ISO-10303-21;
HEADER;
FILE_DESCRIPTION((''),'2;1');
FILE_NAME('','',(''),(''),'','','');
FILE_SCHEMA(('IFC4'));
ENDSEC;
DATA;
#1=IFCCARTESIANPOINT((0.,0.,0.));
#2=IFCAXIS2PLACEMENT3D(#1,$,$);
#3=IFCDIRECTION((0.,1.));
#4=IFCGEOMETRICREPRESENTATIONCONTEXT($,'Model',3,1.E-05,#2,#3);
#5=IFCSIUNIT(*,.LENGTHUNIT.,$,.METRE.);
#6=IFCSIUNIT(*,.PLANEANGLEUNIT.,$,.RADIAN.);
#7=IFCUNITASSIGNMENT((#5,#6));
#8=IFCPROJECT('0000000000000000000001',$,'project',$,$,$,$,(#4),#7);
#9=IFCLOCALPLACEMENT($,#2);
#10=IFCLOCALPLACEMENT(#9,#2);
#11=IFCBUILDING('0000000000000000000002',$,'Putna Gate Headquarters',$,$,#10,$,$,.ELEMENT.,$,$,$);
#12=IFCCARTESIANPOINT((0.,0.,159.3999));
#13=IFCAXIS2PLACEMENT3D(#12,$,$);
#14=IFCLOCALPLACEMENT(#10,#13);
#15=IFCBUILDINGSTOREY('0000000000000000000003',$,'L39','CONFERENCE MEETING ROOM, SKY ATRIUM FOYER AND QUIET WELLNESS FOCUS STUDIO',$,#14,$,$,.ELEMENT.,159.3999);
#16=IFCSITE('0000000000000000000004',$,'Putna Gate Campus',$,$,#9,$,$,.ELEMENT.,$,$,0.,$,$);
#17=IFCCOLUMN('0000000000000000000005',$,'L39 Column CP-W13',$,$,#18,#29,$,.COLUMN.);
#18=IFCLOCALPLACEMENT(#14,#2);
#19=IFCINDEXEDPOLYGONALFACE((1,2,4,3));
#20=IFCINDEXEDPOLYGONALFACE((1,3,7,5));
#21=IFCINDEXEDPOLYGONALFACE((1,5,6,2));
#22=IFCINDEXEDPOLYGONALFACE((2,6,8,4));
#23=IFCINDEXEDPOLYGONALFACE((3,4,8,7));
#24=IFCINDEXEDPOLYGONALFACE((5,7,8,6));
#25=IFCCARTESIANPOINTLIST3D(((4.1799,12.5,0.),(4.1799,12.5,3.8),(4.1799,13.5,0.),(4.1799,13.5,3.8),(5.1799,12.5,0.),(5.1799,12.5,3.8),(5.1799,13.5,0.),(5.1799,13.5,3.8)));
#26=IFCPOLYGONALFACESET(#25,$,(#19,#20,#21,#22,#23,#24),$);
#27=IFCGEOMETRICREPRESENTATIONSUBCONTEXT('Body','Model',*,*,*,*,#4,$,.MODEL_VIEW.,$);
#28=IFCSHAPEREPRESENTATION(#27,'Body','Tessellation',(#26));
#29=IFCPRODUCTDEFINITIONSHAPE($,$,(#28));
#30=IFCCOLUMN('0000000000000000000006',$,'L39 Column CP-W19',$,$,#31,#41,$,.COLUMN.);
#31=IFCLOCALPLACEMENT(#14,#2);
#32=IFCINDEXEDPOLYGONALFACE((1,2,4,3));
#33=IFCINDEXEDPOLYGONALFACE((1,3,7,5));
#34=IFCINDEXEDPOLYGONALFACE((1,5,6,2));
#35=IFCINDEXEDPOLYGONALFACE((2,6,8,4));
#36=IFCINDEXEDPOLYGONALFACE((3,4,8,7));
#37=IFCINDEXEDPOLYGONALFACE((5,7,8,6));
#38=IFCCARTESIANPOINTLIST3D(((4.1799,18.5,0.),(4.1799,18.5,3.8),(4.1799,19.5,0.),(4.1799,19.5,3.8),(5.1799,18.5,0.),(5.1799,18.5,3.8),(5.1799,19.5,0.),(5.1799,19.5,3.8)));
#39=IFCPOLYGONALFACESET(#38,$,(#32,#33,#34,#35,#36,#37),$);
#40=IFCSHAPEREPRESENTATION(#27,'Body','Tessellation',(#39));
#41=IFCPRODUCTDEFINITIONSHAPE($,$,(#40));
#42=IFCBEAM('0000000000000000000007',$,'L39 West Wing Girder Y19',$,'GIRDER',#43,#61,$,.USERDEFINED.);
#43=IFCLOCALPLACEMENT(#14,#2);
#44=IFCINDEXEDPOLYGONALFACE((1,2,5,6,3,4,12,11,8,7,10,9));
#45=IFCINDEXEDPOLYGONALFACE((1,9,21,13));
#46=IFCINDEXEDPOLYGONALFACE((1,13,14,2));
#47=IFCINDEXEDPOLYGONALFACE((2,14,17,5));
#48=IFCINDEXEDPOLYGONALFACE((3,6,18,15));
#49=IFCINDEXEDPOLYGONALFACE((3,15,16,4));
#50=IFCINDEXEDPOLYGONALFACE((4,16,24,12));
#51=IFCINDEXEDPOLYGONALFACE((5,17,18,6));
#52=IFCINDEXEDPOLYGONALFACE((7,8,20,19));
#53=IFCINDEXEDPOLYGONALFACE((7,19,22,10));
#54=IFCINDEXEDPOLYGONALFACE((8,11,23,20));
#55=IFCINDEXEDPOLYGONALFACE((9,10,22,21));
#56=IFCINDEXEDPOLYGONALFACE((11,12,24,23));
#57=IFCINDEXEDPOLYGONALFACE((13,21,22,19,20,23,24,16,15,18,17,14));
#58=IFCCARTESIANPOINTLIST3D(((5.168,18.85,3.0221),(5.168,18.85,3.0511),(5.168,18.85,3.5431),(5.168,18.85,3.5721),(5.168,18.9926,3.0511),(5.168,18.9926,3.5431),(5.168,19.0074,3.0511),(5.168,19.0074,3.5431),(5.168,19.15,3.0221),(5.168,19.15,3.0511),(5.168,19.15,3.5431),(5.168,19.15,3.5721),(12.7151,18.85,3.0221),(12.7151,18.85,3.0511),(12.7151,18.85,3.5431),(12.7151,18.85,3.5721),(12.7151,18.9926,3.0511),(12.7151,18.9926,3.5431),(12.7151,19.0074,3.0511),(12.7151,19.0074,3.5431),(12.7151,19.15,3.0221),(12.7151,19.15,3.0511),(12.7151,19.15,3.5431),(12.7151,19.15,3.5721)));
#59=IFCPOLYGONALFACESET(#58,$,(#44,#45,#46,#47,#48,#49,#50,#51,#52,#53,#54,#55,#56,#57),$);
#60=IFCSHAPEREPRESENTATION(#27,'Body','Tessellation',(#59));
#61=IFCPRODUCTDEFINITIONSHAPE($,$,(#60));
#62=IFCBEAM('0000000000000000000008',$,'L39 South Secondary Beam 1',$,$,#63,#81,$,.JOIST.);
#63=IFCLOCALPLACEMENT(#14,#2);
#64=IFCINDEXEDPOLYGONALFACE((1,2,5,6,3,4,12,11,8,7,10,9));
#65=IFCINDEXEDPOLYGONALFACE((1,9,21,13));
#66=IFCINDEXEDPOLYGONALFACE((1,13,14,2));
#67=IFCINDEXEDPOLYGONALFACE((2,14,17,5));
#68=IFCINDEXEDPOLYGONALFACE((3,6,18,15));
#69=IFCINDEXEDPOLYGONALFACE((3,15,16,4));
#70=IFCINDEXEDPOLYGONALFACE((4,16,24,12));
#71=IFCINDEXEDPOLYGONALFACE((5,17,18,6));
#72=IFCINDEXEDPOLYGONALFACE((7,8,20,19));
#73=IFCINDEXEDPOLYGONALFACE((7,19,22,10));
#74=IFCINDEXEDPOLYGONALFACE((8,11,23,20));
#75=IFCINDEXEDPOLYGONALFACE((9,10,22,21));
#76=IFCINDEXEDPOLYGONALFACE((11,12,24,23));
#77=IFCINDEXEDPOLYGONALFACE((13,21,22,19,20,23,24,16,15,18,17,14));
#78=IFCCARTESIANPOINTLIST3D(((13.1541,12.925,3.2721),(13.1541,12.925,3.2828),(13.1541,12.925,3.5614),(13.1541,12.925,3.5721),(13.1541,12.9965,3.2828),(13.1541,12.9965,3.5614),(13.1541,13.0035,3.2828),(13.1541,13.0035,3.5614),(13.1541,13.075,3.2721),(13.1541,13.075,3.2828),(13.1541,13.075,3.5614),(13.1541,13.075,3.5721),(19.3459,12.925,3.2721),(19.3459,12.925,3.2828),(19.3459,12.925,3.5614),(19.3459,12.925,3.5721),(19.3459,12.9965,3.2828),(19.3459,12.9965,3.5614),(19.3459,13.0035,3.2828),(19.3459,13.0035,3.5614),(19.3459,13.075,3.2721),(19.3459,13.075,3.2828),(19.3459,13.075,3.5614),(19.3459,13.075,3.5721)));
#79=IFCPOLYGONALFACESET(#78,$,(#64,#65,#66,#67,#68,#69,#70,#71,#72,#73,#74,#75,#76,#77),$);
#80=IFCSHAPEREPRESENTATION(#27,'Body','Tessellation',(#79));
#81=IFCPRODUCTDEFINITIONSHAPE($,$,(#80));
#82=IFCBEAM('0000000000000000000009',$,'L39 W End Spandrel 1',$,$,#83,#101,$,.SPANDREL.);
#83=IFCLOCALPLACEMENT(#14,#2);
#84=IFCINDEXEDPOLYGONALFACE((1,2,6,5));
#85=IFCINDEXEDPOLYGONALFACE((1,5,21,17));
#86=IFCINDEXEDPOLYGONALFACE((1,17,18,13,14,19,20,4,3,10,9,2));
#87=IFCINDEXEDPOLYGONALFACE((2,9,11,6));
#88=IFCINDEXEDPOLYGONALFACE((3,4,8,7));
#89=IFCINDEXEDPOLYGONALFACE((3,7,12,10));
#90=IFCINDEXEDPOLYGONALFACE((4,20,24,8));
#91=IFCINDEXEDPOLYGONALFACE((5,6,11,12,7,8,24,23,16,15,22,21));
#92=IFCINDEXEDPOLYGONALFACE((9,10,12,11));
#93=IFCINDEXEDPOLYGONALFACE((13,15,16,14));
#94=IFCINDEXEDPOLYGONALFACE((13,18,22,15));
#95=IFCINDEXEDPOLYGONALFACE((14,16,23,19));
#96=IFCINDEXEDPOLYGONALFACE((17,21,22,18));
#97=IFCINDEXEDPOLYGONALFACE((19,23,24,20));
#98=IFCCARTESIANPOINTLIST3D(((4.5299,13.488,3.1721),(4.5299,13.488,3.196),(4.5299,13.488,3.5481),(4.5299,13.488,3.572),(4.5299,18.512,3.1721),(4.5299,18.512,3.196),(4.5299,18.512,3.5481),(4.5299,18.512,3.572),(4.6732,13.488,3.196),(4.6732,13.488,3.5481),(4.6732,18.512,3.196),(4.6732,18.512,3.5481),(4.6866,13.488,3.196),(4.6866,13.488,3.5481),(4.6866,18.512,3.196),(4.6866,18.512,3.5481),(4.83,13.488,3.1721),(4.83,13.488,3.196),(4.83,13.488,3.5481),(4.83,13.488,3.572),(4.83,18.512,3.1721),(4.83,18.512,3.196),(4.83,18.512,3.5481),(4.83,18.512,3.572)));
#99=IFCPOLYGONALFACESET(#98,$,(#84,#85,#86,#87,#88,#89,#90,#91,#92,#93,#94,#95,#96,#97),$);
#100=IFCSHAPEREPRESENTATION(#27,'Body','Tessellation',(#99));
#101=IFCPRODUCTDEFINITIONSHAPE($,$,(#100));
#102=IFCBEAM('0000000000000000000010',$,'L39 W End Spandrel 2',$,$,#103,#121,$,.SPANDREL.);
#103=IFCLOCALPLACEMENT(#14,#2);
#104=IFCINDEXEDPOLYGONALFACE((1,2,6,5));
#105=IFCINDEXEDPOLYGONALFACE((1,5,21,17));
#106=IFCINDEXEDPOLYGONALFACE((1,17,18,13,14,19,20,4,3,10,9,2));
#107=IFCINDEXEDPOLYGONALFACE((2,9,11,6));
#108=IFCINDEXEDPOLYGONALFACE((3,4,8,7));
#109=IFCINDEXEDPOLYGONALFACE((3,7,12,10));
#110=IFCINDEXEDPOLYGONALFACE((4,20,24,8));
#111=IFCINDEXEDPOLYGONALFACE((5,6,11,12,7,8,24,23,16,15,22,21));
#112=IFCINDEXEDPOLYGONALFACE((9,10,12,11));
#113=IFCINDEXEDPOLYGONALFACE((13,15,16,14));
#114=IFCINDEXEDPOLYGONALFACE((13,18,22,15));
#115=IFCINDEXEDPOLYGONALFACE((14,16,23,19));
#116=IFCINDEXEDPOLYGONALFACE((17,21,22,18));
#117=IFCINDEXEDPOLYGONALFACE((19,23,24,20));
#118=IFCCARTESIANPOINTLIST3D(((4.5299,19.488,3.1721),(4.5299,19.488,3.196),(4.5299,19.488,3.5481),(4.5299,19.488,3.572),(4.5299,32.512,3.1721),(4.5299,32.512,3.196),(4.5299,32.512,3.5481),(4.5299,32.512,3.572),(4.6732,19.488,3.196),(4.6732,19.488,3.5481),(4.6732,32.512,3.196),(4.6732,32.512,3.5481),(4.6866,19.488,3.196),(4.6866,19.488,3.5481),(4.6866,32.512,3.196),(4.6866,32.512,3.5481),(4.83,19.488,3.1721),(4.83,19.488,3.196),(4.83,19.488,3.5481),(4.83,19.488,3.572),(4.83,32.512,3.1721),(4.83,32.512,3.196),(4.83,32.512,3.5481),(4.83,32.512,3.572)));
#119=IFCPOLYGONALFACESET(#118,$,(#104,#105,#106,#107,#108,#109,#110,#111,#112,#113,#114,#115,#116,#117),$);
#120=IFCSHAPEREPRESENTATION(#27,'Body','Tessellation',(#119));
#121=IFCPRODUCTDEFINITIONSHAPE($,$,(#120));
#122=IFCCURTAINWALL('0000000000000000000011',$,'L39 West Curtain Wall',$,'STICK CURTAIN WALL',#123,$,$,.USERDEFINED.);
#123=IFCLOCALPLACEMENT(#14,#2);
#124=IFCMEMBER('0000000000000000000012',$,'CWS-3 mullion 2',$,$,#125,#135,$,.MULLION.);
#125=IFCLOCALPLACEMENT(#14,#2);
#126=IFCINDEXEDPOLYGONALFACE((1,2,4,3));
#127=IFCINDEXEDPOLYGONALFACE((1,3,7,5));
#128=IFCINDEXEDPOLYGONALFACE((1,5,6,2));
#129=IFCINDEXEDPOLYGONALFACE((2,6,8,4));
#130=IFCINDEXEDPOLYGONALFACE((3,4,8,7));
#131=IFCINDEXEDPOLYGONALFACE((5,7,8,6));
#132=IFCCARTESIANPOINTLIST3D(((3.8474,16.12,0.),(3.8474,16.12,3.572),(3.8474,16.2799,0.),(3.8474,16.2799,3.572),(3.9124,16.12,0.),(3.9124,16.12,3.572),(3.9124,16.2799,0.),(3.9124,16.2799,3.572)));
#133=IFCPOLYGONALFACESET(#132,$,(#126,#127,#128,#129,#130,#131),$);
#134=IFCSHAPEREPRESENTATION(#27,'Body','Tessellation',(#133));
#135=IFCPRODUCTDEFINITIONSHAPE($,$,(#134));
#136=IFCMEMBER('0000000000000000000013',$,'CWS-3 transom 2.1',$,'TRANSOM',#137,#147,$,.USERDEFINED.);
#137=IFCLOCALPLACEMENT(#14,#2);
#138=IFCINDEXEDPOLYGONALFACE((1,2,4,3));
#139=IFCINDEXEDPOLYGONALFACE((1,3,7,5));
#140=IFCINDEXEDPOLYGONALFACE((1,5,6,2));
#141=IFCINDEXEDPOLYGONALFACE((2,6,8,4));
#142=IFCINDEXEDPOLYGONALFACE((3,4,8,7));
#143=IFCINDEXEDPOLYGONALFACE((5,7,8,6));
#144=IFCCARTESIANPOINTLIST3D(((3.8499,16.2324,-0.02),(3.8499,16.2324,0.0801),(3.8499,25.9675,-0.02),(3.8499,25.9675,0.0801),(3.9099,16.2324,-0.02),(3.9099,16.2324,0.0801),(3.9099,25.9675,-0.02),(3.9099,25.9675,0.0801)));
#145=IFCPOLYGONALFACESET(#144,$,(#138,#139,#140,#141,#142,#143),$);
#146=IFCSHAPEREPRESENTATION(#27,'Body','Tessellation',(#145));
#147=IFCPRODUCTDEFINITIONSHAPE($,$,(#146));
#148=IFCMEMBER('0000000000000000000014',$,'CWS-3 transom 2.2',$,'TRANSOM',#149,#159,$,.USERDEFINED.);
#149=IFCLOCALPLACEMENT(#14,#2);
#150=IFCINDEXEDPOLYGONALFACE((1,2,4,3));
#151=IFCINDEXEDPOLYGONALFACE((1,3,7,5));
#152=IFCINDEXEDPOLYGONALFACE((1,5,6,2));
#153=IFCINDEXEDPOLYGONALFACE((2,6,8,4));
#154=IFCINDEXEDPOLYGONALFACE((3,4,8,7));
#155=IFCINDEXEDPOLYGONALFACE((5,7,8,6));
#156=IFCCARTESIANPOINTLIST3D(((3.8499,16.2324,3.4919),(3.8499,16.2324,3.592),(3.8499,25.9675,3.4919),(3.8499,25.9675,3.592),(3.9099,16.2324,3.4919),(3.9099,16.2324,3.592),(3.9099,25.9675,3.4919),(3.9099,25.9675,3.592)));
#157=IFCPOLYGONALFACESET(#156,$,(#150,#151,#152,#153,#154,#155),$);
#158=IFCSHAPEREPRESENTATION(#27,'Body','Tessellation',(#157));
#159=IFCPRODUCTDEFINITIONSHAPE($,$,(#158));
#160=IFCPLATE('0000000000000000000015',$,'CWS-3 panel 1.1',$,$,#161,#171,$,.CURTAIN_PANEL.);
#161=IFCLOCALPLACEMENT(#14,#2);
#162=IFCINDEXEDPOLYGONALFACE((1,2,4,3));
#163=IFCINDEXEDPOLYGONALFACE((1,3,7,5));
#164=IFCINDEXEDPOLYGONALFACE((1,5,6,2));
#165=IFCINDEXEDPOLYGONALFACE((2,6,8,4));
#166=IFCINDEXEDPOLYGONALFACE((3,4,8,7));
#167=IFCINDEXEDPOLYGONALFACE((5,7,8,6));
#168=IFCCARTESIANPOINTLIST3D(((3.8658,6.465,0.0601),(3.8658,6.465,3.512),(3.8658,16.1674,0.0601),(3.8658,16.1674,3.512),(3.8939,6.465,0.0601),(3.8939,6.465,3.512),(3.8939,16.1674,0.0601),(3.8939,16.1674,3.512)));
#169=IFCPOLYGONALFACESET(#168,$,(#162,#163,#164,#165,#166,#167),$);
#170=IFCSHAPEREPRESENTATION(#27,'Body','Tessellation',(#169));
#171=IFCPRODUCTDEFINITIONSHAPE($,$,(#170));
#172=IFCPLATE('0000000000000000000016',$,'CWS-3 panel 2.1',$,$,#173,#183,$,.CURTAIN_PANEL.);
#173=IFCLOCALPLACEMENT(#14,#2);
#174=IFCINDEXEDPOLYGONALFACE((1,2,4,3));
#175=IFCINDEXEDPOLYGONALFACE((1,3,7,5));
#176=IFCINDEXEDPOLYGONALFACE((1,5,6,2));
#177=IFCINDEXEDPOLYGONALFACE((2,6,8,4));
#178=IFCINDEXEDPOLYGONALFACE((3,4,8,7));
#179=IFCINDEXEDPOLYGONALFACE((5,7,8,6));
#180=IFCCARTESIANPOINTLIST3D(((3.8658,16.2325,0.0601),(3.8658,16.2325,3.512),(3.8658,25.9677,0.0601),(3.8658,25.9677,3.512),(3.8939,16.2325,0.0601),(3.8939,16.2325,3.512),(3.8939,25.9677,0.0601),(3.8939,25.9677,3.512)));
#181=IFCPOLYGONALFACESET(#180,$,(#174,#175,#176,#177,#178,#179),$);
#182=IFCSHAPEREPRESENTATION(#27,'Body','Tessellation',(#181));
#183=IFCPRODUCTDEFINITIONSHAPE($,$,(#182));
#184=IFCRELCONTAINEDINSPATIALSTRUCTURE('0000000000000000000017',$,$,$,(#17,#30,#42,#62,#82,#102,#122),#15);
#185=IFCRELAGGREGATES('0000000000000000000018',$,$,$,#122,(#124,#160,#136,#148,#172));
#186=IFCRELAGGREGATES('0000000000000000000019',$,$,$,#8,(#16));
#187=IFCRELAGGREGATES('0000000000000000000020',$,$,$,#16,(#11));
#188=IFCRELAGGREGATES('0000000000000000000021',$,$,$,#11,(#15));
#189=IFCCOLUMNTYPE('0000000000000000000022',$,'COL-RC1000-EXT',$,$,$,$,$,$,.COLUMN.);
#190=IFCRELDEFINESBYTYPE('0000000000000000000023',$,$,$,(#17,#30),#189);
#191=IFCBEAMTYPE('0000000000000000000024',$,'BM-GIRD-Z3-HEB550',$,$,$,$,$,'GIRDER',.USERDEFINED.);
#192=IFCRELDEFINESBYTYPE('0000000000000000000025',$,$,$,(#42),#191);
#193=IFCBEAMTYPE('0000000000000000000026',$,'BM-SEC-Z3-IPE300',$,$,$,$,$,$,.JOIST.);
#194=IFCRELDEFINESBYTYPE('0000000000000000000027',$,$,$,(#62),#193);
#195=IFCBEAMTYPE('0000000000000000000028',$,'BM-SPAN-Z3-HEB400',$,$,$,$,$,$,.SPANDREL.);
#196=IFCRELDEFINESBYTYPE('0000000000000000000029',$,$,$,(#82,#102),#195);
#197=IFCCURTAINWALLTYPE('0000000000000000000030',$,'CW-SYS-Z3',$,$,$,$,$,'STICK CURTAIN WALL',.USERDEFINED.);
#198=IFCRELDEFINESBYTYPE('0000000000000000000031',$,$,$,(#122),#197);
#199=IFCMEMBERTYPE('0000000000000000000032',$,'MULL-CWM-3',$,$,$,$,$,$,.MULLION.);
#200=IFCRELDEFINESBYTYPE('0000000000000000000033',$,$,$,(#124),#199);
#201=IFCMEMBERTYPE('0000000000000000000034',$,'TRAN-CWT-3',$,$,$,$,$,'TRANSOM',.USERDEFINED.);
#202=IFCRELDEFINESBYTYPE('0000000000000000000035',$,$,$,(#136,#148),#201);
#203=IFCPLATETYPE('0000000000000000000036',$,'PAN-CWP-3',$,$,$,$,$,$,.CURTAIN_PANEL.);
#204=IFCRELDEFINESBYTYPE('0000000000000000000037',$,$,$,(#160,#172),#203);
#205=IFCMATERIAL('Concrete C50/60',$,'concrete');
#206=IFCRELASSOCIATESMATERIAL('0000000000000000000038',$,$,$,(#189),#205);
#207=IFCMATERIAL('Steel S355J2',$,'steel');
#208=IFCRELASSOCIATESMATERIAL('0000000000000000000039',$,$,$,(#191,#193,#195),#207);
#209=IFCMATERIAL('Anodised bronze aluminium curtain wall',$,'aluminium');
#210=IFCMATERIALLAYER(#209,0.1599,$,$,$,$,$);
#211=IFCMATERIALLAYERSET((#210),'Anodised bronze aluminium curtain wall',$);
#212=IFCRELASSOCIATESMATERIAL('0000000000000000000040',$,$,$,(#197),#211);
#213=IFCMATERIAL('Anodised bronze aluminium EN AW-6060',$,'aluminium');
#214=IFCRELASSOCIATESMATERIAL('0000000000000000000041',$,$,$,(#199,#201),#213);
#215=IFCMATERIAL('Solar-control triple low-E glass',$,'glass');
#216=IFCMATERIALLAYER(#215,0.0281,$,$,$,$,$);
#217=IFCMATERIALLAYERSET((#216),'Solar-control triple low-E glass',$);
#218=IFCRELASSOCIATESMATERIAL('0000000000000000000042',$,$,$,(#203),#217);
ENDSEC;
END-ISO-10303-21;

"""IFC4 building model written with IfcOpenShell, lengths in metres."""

from ifc_helpers import new_model, si_unit, direction, frame, origin, origin_2d, place, context, subcontext, project, spatial, rectangle, i_section, extrude, material, layer, layer_set, material_profile, profile_set, type_object, element, aggregate, save


model = new_model("IFC4")

# Units and contexts
model_context = context("Model", 3, precision=1e-05, world=origin(), true_north=direction((0.0, 1.0)))
body_context = subcontext(model_context, "Body", "Model", "MODEL_VIEW")
ifc_project = project(units=[si_unit("LENGTHUNIT", "METRE"), si_unit("PLANEANGLEUNIT", "RADIAN")], contexts=[model_context])

# Site, building, storey
site_placement = place(None, origin())
site = spatial("IfcSite", under=ifc_project, at=site_placement, Name="Putna Gate Campus", CompositionType="ELEMENT", RefElevation=0.0)
building_placement = place(site_placement, origin())
building = spatial("IfcBuilding", under=site, at=building_placement, Name="Putna Gate Headquarters", CompositionType="ELEMENT")
storey_placement = place(building_placement, frame((0.0, 0.0, 159.3999)))
storey = spatial("IfcBuildingStorey", under=building, at=storey_placement, Name="L39", Description="CONFERENCE MEETING ROOM, SKY ATRIUM FOYER AND QUIET WELLNESS FOCUS STUDIO", CompositionType="ELEMENT", Elevation=159.3999)

# Columns
ifc_material_1 = material(Name="Concrete C50/60", Category="concrete")
ifc_material_profile_1 = material_profile(ifc_material_1, rectangle(XDim=1.0, YDim=1.0, at=origin_2d()), Name="Concrete C50/60")
ifc_profile_set_1 = profile_set([ifc_material_profile_1], Name="Concrete C50/60")
column_type = type_object("IfcColumnType", Name="COL-RC1000-EXT", PredefinedType="COLUMN", material=ifc_profile_set_1)
for number, where, z_axis, x_axis, name in (
    (1, (4.6799, 13.0, 0.0), (0.0, 0.0, 1.0), (1.0, 0.0, 0.0), "L39 Column CP-W13"),
    (2, (4.6799, 19.0, 0.0), (0.0, 0.0, 1.0), (1.0, 0.0, 0.0), "L39 Column CP-W19"),
):
    element("IfcColumn", number, at=place(storey_placement, frame(where, z_axis=z_axis, x_axis=x_axis)), inside=storey, type_object=column_type, Name=name, PredefinedType="COLUMN", context=body_context, shape_type="SweptSolid", body=[
        extrude(rectangle(XDim=1.0, YDim=1.0, at=origin_2d()), origin(), (0.0, 0.0, 1.0), 3.8),
    ])

# Beams
ifc_material_2 = material(Name="Steel S355J2", Category="steel")
ifc_material_profile_2 = material_profile(ifc_material_2, i_section(OverallWidth=0.3, OverallDepth=0.55, WebThickness=0.0149, FlangeThickness=0.0291, at=origin_2d()), Name="Steel S355J2")
ifc_profile_set_2 = profile_set([ifc_material_profile_2], Name="Steel S355J2")
beam_type_1 = type_object("IfcBeamType", Name="BM-GIRD-Z3-HEB550", ElementType="GIRDER", PredefinedType="USERDEFINED", material=ifc_profile_set_2)
beam_1_placement = place(storey_placement, frame((5.168, 19.0, 3.2971), z_axis=(1.0, 0.0, 0.0), x_axis=(0.0, 1.0, 0.0)))
element("IfcBeam", 3, at=beam_1_placement, inside=storey, type_object=beam_type_1, Name="L39 West Wing Girder Y19", ObjectType="GIRDER", PredefinedType="USERDEFINED", context=body_context, shape_type="SweptSolid", body=[
    extrude(i_section(OverallWidth=0.3, OverallDepth=0.55, WebThickness=0.0149, FlangeThickness=0.0291, at=origin_2d()), origin(), (0.0, 0.0, 1.0), 7.5471),
])
ifc_material_profile_3 = material_profile(ifc_material_2, i_section(OverallWidth=0.1499, OverallDepth=0.3, WebThickness=0.0071, FlangeThickness=0.0107, at=origin_2d()), Name="Steel S355J2")
ifc_profile_set_3 = profile_set([ifc_material_profile_3], Name="Steel S355J2")
beam_type_2 = type_object("IfcBeamType", Name="BM-SEC-Z3-IPE300", PredefinedType="JOIST", material=ifc_profile_set_3)
beam_2_placement = place(storey_placement, frame((13.1541, 13.0, 3.4221), z_axis=(1.0, 0.0, 0.0), x_axis=(0.0, 1.0, 0.0)))
element("IfcBeam", 4, at=beam_2_placement, inside=storey, type_object=beam_type_2, Name="L39 South Secondary Beam 1", PredefinedType="JOIST", context=body_context, shape_type="SweptSolid", body=[
    extrude(i_section(OverallWidth=0.1499, OverallDepth=0.3, WebThickness=0.0071, FlangeThickness=0.0107, at=origin_2d()), origin(), (0.0, 0.0, 1.0), 6.1919),
])
ifc_material_profile_4 = material_profile(ifc_material_2, i_section(OverallWidth=0.3, OverallDepth=0.3999, WebThickness=0.0134, FlangeThickness=0.0239, at=origin_2d()), Name="Steel S355J2")
ifc_profile_set_4 = profile_set([ifc_material_profile_4], Name="Steel S355J2")
beam_type_3 = type_object("IfcBeamType", Name="BM-SPAN-Z3-HEB400", PredefinedType="SPANDREL", material=ifc_profile_set_4)
beam_3_placement = place(storey_placement, frame((4.6799, 13.488, 3.3721), z_axis=(0.0, 1.0, 0.0), x_axis=(-1.0, 0.0, 0.0)))
element("IfcBeam", 5, at=beam_3_placement, inside=storey, type_object=beam_type_3, Name="L39 W End Spandrel 1", PredefinedType="SPANDREL", context=body_context, shape_type="SweptSolid", body=[
    extrude(i_section(OverallWidth=0.3, OverallDepth=0.3999, WebThickness=0.0134, FlangeThickness=0.0239, at=origin_2d()), origin(), (0.0, 0.0, 1.0), 5.0239),
])
beam_4_placement = place(storey_placement, frame((4.6799, 19.488, 3.3721), z_axis=(0.0, 1.0, 0.0), x_axis=(-1.0, 0.0, 0.0)))
element("IfcBeam", 6, at=beam_4_placement, inside=storey, type_object=beam_type_3, Name="L39 W End Spandrel 2", PredefinedType="SPANDREL", context=body_context, shape_type="SweptSolid", body=[
    extrude(i_section(OverallWidth=0.3, OverallDepth=0.3999, WebThickness=0.0134, FlangeThickness=0.0239, at=origin_2d()), origin(), (0.0, 0.0, 1.0), 13.0239),
])

# Curtain wall, members, plates
ifc_material_3 = material(Name="Anodised bronze aluminium curtain wall", Category="aluminium")
ifc_layer_1 = layer(ifc_material_3, 0.1599)
ifc_layer_set_1 = layer_set([ifc_layer_1], Name="Anodised bronze aluminium curtain wall")
curtain_wall_type = type_object("IfcCurtainWallType", Name="CW-SYS-Z3", ElementType="STICK CURTAIN WALL", PredefinedType="USERDEFINED", material=ifc_layer_set_1)
curtain_wall_placement = place(storey_placement, origin())
curtain_wall = element("IfcCurtainWall", 7, at=curtain_wall_placement, inside=storey, type_object=curtain_wall_type, Name="L39 West Curtain Wall", ObjectType="STICK CURTAIN WALL", PredefinedType="USERDEFINED")
ifc_material_4 = material(Name="Anodised bronze aluminium EN AW-6060", Category="aluminium")
ifc_material_profile_5 = material_profile(ifc_material_4, rectangle(XDim=0.0649, YDim=0.1599, at=origin_2d()), Name="Anodised bronze aluminium EN AW-6060")
ifc_profile_set_5 = profile_set([ifc_material_profile_5], Name="Anodised bronze aluminium EN AW-6060")
member_type_1 = type_object("IfcMemberType", Name="MULL-CWM-3", PredefinedType="MULLION", material=ifc_profile_set_5)
member_1_placement = place(storey_placement, frame((3.8799, 16.2, 0.0), z_axis=(0.0, 0.0, 1.0), x_axis=(-1.0, 0.0, 0.0)))
member_1 = element("IfcMember", 8, at=member_1_placement, type_object=member_type_1, Name="CWS-3 mullion 2", PredefinedType="MULLION", context=body_context, shape_type="SweptSolid", body=[
    extrude(rectangle(XDim=0.0649, YDim=0.1599, at=origin_2d()), origin(), (0.0, 0.0, 1.0), 3.572),
])
ifc_material_profile_6 = material_profile(ifc_material_4, rectangle(XDim=0.0601, YDim=0.1001, at=origin_2d()), Name="Anodised bronze aluminium EN AW-6060")
ifc_profile_set_6 = profile_set([ifc_material_profile_6], Name="Anodised bronze aluminium EN AW-6060")
member_type_2 = type_object("IfcMemberType", Name="TRAN-CWT-3", ElementType="TRANSOM", PredefinedType="USERDEFINED", material=ifc_profile_set_6)
member_2_placement = place(storey_placement, frame((3.8799, 16.2324, 0.03), z_axis=(0.0, 1.0, 0.0), x_axis=(-1.0, 0.0, 0.0)))
member_2 = element("IfcMember", 9, at=member_2_placement, type_object=member_type_2, Name="CWS-3 transom 2.1", ObjectType="TRANSOM", PredefinedType="USERDEFINED", context=body_context, shape_type="SweptSolid", body=[
    extrude(rectangle(XDim=0.0601, YDim=0.1001, at=origin_2d()), origin(), (0.0, 0.0, 1.0), 9.7351),
])
member_3_placement = place(storey_placement, frame((3.8799, 16.2324, 3.542), z_axis=(0.0, 1.0, 0.0), x_axis=(-1.0, 0.0, 0.0)))
member_3 = element("IfcMember", 10, at=member_3_placement, type_object=member_type_2, Name="CWS-3 transom 2.2", ObjectType="TRANSOM", PredefinedType="USERDEFINED", context=body_context, shape_type="SweptSolid", body=[
    extrude(rectangle(XDim=0.0601, YDim=0.1001, at=origin_2d()), origin(), (0.0, 0.0, 1.0), 9.7351),
])
ifc_material_5 = material(Name="Solar-control triple low-E glass", Category="glass")
ifc_layer_2 = layer(ifc_material_5, 0.0281)
ifc_layer_set_2 = layer_set([ifc_layer_2], Name="Solar-control triple low-E glass")
plate_type = type_object("IfcPlateType", Name="PAN-CWP-3", PredefinedType="CURTAIN_PANEL", material=ifc_layer_set_2)
plate_1_placement = place(storey_placement, frame((3.8799, 11.3162, 0.0601), z_axis=(0.0, 0.0, 1.0), x_axis=(0.0, 1.0, 0.0)))
plate_1 = element("IfcPlate", 11, at=plate_1_placement, type_object=plate_type, Name="CWS-3 panel 1.1", PredefinedType="CURTAIN_PANEL", context=body_context, shape_type="SweptSolid", body=[
    extrude(rectangle(XDim=9.7024, YDim=0.0281, at=origin_2d()), origin(), (0.0, 0.0, 1.0), 3.4519),
])
plate_2_placement = place(storey_placement, frame((3.8799, 21.1001, 0.0601), z_axis=(0.0, 0.0, 1.0), x_axis=(0.0, 1.0, 0.0)))
plate_2 = element("IfcPlate", 12, at=plate_2_placement, type_object=plate_type, Name="CWS-3 panel 2.1", PredefinedType="CURTAIN_PANEL", context=body_context, shape_type="SweptSolid", body=[
    extrude(rectangle(XDim=9.7351, YDim=0.0281, at=origin_2d()), origin(), (0.0, 0.0, 1.0), 3.4519),
])
aggregate(curtain_wall, [member_1, plate_1, member_2, member_3, plate_2])

save(model, "model.ifc")
